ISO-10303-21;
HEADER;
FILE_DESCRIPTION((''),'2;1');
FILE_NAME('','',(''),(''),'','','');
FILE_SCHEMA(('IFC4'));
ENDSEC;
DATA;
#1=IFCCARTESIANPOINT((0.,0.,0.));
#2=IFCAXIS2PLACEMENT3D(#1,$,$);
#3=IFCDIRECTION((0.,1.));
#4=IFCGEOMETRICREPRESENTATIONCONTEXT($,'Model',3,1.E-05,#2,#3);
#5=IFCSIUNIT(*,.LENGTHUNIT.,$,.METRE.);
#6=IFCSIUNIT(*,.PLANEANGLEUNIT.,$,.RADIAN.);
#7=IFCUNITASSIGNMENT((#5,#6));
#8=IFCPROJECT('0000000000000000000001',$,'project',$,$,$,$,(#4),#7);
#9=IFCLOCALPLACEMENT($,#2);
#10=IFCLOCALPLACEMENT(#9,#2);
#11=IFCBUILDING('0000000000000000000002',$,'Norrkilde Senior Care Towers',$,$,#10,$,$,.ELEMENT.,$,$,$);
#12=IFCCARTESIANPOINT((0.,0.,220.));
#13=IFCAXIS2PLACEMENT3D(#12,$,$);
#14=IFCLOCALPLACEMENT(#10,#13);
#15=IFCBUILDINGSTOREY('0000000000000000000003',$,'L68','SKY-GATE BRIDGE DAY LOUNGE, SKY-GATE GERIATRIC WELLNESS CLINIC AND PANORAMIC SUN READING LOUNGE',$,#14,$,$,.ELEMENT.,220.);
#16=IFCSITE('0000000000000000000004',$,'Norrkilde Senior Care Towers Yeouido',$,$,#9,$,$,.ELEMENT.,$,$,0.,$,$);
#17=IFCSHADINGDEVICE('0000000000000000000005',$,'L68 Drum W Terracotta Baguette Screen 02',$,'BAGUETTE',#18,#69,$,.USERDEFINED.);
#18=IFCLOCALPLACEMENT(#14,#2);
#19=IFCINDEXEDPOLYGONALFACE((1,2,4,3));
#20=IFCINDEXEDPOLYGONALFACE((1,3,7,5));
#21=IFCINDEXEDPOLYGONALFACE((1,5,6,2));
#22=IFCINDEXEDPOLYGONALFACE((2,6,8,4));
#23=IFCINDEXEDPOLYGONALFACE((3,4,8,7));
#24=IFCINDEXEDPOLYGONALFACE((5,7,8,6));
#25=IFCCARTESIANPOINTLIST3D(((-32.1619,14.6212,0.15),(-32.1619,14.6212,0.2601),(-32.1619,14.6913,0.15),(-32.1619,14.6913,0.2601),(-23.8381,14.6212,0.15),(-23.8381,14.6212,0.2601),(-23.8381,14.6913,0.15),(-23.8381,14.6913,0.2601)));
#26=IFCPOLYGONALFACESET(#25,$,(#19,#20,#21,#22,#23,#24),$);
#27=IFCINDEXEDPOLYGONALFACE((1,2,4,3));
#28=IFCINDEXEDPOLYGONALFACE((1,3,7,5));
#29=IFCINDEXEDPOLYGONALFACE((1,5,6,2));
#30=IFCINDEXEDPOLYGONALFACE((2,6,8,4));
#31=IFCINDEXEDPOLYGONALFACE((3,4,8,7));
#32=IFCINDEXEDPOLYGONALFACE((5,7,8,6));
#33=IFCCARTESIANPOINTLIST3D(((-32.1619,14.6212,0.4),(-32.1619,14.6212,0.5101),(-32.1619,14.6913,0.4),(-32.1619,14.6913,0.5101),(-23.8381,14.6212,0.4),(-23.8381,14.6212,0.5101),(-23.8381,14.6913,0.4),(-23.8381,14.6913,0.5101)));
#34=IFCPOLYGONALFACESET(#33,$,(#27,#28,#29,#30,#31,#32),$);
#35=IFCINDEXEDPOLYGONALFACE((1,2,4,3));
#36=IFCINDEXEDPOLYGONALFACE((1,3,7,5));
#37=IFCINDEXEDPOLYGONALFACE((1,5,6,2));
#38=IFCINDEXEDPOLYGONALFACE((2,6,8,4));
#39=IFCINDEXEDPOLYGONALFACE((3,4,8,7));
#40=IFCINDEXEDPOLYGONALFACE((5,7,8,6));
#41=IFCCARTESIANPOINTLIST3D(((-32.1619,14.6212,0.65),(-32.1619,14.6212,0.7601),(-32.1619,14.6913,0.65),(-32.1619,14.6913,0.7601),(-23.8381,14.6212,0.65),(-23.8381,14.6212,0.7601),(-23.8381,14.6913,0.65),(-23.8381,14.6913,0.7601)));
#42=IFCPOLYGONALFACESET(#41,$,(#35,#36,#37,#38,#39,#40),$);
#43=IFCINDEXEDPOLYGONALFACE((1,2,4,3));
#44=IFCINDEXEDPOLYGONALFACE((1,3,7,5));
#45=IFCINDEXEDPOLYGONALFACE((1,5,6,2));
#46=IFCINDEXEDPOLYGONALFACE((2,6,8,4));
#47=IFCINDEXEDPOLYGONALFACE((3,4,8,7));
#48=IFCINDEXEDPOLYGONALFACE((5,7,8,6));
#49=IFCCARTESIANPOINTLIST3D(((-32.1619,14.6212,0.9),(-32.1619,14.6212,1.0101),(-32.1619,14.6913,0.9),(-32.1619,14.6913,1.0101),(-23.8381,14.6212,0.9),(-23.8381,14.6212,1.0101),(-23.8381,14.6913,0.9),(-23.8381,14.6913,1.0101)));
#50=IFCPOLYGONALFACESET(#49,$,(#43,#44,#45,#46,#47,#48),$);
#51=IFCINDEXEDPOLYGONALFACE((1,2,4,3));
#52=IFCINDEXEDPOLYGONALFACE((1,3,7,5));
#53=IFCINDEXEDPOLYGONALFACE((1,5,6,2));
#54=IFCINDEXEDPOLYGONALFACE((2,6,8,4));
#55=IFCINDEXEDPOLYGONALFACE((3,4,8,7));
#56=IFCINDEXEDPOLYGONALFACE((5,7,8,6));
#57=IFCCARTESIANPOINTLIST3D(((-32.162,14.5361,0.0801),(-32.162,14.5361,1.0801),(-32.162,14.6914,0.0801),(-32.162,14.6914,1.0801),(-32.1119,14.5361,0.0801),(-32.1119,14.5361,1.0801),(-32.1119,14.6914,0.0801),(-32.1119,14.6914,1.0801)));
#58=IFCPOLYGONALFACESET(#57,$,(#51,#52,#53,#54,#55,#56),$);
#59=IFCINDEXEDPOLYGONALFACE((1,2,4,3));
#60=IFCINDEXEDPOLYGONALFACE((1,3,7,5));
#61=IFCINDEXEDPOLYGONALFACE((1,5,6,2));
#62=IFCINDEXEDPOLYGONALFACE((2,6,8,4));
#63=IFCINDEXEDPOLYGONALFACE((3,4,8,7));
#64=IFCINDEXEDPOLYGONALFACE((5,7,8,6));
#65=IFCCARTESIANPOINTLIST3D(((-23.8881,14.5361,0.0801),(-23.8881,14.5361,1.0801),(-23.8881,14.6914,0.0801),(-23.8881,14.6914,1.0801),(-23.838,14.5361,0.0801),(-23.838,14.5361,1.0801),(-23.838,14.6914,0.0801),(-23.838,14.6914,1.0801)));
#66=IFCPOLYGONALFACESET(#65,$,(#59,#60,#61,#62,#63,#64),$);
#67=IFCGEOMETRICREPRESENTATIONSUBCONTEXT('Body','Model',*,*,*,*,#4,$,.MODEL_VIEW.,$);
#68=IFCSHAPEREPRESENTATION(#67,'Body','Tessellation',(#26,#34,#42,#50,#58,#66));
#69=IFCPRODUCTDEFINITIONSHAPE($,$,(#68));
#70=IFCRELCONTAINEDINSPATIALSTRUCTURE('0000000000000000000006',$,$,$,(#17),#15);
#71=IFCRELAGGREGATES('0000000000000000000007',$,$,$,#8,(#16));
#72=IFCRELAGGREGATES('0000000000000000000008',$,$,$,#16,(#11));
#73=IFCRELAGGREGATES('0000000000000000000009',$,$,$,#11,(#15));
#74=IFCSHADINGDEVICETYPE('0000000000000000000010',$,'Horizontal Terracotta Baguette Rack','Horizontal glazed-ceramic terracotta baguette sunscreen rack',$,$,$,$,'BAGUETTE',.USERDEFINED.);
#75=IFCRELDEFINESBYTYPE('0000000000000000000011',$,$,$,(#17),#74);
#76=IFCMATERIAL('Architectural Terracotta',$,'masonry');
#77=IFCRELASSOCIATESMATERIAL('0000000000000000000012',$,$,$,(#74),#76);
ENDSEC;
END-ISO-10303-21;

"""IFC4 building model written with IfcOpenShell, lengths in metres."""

from ifc_helpers import new_model, si_unit, direction, frame, origin, origin_2d, place, context, subcontext, project, spatial, rectangle, extrude, source, transform, mapped, material, type_object, type_shapes, element, save


model = new_model("IFC4")

# Units and contexts
model_context = context("Model", 3, precision=1e-05, world=origin(), true_north=direction((0.0, 1.0)))
body_context = subcontext(model_context, "Body", "Model", "MODEL_VIEW")
ifc_project = project(units=[si_unit("LENGTHUNIT", "METRE"), si_unit("PLANEANGLEUNIT", "RADIAN")], contexts=[model_context])

# Site, building, storey
site_placement = place(None, origin())
site = spatial("IfcSite", under=ifc_project, at=site_placement, Name="Norrkilde Senior Care Towers Yeouido", CompositionType="ELEMENT", RefElevation=0.0)
building_placement = place(site_placement, origin())
building = spatial("IfcBuilding", under=site, at=building_placement, Name="Norrkilde Senior Care Towers", CompositionType="ELEMENT")
storey_placement = place(building_placement, frame((0.0, 0.0, 220.0)))
storey = spatial("IfcBuildingStorey", under=building, at=storey_placement, Name="L68", Description="SKY-GATE BRIDGE DAY LOUNGE, SKY-GATE GERIATRIC WELLNESS CLINIC AND PANORAMIC SUN READING LOUNGE", CompositionType="ELEMENT", Elevation=220.0)

# Shading device
ifc_material_1 = material(Name="Architectural Terracotta", Category="masonry")
shading_device_type = type_object("IfcShadingDeviceType", Name="Horizontal Terracotta Baguette Rack", Description="Horizontal glazed-ceramic terracotta baguette sunscreen rack", ElementType="BAGUETTE", PredefinedType="USERDEFINED", material=ifc_material_1)
shared_shape_1 = source(origin(), body_context, "Body", "SweptSolid", [
    extrude(rectangle(XDim=0.0701, YDim=0.1101, at=origin_2d()), frame((0.0, 0.0901, 0.125), z_axis=(1.0, 0.0, 0.0), x_axis=(0.0, 1.0, 0.0)), (0.0, 0.0, 1.0), 8.3237),
    extrude(rectangle(XDim=0.0701, YDim=0.1101, at=origin_2d()), frame((0.0, 0.0901, 0.375), z_axis=(1.0, 0.0, 0.0), x_axis=(0.0, 1.0, 0.0)), (0.0, 0.0, 1.0), 8.3237),
    extrude(rectangle(XDim=0.0701, YDim=0.1101, at=origin_2d()), frame((0.0, 0.0901, 0.625), z_axis=(1.0, 0.0, 0.0), x_axis=(0.0, 1.0, 0.0)), (0.0, 0.0, 1.0), 8.3237),
    extrude(rectangle(XDim=0.0701, YDim=0.1101, at=origin_2d()), frame((0.0, 0.0901, 0.875), z_axis=(1.0, 0.0, 0.0), x_axis=(0.0, 1.0, 0.0)), (0.0, 0.0, 1.0), 8.3237),
    extrude(rectangle(XDim=0.05, YDim=0.1553, at=origin_2d()), frame((0.0249, 0.0476, 0.0)), (0.0, 0.0, 1.0), 1.0),
    extrude(rectangle(XDim=0.05, YDim=0.1553, at=origin_2d()), frame((8.2988, 0.0476, 0.0)), (0.0, 0.0, 1.0), 1.0),
])
type_shapes(shading_device_type, [shared_shape_1])
shading_device_placement = place(storey_placement, frame((-32.1619, 14.5662, 0.0801), z_axis=(0.0, 0.0, 1.0), x_axis=(1.0, 0.0, 0.0)))
element("IfcShadingDevice", 1, at=shading_device_placement, inside=storey, type_object=shading_device_type, Name="L68 Drum W Terracotta Baguette Screen 02", ObjectType="BAGUETTE", PredefinedType="USERDEFINED", context=body_context, shape_type="MappedRepresentation", body=[
    mapped(shared_shape_1, transform((0.0, 0.0, 0.0), x_axis=(1.0, 0.0, 0.0), y_axis=(0.0, 1.0, 0.0), z_axis=(0.0, 0.0, 1.0), scale=1.0)),
])

save(model, "model.ifc")
